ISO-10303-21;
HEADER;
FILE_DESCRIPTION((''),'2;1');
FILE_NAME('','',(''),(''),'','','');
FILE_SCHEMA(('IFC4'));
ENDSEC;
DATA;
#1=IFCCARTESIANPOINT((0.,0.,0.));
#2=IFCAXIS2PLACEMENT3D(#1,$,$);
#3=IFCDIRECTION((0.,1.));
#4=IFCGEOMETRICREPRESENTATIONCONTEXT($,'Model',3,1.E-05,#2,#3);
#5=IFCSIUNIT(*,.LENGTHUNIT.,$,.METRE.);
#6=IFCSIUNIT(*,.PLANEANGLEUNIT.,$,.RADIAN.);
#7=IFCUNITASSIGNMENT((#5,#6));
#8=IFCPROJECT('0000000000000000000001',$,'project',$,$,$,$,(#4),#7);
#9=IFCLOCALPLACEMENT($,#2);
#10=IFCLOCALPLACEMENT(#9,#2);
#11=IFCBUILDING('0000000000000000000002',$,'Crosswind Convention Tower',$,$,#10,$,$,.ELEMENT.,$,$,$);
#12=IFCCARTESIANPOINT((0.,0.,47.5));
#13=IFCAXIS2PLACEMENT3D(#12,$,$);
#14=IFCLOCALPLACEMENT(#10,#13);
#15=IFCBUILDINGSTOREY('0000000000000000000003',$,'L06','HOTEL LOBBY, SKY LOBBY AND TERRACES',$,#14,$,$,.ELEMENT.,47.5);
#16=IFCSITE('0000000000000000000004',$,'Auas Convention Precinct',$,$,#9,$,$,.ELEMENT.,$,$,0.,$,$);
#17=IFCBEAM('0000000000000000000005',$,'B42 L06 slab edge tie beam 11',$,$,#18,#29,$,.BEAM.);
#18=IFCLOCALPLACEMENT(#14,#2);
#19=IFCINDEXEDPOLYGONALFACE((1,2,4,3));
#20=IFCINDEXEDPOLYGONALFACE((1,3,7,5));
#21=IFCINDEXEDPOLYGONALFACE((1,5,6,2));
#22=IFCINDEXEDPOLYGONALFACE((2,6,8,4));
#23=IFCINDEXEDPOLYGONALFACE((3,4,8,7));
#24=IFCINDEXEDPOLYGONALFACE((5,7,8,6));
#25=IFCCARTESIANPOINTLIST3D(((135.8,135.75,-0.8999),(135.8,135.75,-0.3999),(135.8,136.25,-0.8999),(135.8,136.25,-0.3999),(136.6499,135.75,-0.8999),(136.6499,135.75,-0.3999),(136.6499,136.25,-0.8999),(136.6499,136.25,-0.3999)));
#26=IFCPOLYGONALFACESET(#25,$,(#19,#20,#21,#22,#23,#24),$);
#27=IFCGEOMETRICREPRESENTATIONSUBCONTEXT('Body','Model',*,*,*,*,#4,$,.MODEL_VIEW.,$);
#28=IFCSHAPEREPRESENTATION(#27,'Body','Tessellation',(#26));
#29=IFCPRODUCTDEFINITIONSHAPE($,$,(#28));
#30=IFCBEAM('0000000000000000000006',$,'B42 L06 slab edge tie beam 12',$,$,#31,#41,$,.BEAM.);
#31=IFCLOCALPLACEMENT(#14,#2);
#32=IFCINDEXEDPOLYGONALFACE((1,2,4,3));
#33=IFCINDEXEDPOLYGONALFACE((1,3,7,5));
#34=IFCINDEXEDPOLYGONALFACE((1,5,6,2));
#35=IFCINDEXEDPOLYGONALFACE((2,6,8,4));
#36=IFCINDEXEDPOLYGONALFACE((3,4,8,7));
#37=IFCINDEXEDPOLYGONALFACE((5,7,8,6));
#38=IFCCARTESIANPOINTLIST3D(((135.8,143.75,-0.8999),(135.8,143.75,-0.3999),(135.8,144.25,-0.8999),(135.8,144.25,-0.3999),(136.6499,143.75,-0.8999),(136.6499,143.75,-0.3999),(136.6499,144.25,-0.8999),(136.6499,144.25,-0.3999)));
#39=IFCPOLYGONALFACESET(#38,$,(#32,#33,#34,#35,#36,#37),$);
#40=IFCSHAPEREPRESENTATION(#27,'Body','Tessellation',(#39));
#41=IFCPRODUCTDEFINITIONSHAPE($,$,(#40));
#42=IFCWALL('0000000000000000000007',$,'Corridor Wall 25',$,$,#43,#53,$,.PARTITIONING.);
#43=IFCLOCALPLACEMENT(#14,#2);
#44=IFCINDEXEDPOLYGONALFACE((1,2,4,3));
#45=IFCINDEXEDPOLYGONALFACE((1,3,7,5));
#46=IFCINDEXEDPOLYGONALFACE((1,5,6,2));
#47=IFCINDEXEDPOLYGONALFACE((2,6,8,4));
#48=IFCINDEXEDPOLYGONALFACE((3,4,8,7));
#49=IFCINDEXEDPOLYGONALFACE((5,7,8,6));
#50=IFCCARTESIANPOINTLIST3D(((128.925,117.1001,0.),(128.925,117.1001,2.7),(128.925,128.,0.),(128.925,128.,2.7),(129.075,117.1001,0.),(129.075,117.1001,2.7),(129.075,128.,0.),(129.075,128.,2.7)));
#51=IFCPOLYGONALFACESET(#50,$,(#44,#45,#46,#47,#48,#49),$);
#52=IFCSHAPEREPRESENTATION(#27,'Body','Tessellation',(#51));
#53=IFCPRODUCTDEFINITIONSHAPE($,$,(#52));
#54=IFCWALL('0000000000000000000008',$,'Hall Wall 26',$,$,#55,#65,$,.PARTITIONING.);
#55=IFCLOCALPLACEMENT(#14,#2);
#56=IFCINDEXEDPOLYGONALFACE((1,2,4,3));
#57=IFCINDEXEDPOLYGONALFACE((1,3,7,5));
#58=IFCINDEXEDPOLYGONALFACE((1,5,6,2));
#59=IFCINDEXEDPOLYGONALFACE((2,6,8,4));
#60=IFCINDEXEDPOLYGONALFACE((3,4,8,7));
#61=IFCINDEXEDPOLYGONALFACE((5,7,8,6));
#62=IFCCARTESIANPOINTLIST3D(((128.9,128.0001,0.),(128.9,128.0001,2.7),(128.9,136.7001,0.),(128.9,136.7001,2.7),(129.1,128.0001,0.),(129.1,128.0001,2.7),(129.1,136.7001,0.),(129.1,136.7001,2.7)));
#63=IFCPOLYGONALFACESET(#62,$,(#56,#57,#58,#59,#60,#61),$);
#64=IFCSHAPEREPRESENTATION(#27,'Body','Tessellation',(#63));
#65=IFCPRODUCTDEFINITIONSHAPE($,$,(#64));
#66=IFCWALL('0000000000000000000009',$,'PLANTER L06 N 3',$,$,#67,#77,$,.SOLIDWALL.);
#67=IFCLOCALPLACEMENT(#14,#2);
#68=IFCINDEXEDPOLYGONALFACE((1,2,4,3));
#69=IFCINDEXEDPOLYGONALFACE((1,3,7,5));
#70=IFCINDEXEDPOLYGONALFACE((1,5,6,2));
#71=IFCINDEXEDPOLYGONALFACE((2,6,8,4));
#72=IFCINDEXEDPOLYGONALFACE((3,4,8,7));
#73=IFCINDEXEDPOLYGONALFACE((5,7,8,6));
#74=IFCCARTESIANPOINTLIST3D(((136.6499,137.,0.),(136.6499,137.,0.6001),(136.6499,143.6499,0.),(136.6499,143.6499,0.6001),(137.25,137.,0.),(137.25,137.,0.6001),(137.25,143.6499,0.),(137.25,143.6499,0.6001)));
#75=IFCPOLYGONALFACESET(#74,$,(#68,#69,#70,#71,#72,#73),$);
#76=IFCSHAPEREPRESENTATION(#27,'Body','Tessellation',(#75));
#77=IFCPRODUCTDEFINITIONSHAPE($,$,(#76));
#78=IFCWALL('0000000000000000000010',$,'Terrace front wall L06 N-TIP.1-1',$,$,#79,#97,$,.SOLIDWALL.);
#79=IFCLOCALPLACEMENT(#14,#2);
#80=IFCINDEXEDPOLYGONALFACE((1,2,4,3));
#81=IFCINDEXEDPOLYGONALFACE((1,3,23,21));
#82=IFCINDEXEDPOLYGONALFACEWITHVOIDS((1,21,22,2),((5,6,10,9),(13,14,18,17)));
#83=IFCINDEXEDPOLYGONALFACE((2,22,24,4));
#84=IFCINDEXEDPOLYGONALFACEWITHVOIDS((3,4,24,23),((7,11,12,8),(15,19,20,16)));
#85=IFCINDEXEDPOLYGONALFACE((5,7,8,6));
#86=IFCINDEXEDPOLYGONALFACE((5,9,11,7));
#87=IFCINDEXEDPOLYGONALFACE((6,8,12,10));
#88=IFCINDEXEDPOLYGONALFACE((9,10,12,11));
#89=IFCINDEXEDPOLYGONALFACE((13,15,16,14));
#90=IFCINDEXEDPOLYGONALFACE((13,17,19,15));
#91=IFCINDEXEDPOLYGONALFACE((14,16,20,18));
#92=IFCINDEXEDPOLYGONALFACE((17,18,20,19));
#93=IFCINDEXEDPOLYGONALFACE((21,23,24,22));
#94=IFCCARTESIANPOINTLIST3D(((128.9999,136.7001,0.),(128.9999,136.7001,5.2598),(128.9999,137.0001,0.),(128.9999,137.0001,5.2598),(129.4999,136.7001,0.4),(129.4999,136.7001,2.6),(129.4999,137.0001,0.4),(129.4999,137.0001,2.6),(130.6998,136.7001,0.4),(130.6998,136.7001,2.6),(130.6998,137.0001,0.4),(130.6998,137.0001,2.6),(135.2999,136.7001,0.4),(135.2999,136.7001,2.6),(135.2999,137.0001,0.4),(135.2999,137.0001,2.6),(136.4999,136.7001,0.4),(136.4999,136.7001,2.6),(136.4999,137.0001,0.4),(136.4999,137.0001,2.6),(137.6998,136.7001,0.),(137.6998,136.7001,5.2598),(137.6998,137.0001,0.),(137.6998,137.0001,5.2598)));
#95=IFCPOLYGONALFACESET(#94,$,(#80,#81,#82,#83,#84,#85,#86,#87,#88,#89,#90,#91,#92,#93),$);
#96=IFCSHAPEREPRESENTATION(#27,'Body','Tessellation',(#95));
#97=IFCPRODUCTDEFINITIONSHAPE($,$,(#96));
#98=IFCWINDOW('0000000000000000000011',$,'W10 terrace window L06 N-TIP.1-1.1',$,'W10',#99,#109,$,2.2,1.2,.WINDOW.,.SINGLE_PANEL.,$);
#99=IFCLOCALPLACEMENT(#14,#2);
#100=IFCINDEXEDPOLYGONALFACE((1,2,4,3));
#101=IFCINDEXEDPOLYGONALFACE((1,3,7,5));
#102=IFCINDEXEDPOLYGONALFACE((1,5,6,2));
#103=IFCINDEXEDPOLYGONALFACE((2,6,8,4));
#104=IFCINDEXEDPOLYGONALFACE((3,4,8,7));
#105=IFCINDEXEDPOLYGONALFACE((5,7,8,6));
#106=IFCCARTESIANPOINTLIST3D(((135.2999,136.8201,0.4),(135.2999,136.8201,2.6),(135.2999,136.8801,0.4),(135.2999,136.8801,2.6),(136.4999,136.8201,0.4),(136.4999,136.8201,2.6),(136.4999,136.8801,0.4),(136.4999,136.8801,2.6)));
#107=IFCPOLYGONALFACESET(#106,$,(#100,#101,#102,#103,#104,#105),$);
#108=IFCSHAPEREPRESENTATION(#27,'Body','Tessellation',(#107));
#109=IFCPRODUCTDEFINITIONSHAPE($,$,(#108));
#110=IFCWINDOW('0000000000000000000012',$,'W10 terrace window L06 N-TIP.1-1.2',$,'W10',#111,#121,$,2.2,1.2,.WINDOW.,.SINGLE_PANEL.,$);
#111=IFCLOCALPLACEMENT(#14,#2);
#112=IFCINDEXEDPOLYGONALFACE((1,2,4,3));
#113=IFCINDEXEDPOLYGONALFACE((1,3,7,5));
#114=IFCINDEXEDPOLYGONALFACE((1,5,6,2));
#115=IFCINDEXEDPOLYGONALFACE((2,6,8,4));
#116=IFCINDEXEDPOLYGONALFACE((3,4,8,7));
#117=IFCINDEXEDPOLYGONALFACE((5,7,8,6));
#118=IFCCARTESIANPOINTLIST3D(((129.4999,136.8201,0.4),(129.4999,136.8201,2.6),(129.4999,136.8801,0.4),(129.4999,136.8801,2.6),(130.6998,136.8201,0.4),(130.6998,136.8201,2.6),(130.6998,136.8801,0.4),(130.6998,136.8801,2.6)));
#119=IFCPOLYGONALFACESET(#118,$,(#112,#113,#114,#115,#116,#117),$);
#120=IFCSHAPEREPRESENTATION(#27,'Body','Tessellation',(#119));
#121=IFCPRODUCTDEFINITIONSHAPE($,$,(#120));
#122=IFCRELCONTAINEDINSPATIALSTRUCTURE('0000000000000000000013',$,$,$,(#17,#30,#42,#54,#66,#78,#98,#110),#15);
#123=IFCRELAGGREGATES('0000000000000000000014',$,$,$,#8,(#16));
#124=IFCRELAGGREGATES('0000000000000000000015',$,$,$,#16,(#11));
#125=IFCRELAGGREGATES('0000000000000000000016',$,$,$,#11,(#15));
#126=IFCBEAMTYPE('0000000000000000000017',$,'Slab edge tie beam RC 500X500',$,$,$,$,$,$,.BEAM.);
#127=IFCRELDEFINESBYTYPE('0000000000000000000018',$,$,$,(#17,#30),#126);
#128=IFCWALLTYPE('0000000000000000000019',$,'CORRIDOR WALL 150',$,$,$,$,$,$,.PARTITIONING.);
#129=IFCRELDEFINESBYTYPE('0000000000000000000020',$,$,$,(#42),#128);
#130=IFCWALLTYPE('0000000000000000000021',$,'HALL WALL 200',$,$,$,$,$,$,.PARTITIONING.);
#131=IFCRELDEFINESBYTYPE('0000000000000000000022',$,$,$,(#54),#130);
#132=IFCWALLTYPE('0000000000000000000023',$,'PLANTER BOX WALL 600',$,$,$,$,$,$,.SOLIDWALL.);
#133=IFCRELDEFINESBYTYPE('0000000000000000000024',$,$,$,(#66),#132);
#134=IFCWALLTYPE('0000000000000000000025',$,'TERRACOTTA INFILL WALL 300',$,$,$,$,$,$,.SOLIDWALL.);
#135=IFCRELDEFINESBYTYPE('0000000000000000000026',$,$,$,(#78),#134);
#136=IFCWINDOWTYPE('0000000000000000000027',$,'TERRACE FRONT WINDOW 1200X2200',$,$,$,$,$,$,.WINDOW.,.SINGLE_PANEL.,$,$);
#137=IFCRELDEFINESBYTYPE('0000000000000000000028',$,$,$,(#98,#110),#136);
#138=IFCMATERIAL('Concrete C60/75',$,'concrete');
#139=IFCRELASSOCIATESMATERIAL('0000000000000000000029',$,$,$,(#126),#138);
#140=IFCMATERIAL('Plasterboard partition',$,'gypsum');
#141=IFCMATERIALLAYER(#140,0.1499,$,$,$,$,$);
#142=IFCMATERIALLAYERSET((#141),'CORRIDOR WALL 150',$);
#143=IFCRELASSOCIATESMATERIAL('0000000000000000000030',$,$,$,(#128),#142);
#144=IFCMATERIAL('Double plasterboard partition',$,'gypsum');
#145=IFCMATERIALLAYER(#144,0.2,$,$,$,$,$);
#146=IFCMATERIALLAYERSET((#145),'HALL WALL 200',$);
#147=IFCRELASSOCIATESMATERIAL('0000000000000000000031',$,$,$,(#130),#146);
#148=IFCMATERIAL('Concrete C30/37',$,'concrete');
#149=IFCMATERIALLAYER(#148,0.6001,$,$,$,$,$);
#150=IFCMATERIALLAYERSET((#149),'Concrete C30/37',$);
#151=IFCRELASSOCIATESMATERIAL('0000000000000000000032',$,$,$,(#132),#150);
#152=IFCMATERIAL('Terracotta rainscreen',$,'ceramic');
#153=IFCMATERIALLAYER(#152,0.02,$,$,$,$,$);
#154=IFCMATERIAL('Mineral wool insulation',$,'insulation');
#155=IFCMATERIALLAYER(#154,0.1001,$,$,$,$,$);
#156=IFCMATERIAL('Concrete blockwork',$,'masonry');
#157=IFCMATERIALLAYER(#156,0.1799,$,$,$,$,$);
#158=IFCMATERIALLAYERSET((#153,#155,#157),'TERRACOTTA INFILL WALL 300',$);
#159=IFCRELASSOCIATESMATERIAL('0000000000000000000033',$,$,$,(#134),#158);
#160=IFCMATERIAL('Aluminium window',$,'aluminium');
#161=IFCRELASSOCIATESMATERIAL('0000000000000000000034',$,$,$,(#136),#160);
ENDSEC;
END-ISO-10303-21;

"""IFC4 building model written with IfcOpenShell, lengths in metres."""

from ifc_helpers import new_model, si_unit, direction, frame, frame_2d, origin, origin_2d, place, context, subcontext, project, spatial, rectangle, extrude, material, layer, layer_set, material_profile, profile_set, type_object, element, fill, save


model = new_model("IFC4")

# Units and contexts
model_context = context("Model", 3, precision=1e-05, world=origin(), true_north=direction((0.0, 1.0)))
body_context = subcontext(model_context, "Body", "Model", "MODEL_VIEW")
ifc_project = project(units=[si_unit("LENGTHUNIT", "METRE"), si_unit("PLANEANGLEUNIT", "RADIAN")], contexts=[model_context])

# Site, building, storey
site_placement = place(None, origin())
site = spatial("IfcSite", under=ifc_project, at=site_placement, Name="Auas Convention Precinct", CompositionType="ELEMENT", RefElevation=0.0)
building_placement = place(site_placement, origin())
building = spatial("IfcBuilding", under=site, at=building_placement, Name="Crosswind Convention Tower", CompositionType="ELEMENT")
storey_placement = place(building_placement, frame((0.0, 0.0, 47.5)))
storey = spatial("IfcBuildingStorey", under=building, at=storey_placement, Name="L06", Description="HOTEL LOBBY, SKY LOBBY AND TERRACES", CompositionType="ELEMENT", Elevation=47.5)

# Shared definitions
ifc_material_1 = material(Name="Concrete C60/75", Category="concrete")

# Beams
ifc_material_profile_1 = material_profile(ifc_material_1, rectangle(XDim=0.5, YDim=0.5, at=origin_2d()), Name="RC 500X500")
ifc_profile_set_1 = profile_set([ifc_material_profile_1], Name="Concrete C60/75")
beam_type_1 = type_object("IfcBeamType", Name="Slab edge tie beam RC 500X500", PredefinedType="BEAM", material=ifc_profile_set_1)
for number, where, z_axis, x_axis, name in (
    (1, (135.8, 136.0, -0.6499), (1.0, 0.0, 0.0), (0.0, 1.0, 0.0), "B42 L06 slab edge tie beam 11"),
    (2, (135.8, 144.0, -0.6499), (1.0, 0.0, 0.0), (0.0, 1.0, 0.0), "B42 L06 slab edge tie beam 12"),
):
    element("IfcBeam", number, at=place(storey_placement, frame(where, z_axis=z_axis, x_axis=x_axis)), inside=storey, type_object=beam_type_1, Name=name, PredefinedType="BEAM", context=body_context, shape_type="SweptSolid", body=[
        extrude(rectangle(XDim=0.5, YDim=0.5, at=origin_2d()), origin(), (0.0, 0.0, 1.0), 0.8499),
    ])

# Wall
ifc_material_2 = material(Name="Plasterboard partition", Category="gypsum")
ifc_layer_1 = layer(ifc_material_2, 0.1499)
ifc_layer_set_1 = layer_set([ifc_layer_1], Name="CORRIDOR WALL 150")
wall_type_1 = type_object("IfcWallType", Name="CORRIDOR WALL 150", PredefinedType="PARTITIONING", material=ifc_layer_set_1)
wall_1_placement = place(storey_placement, frame((129.0, 117.1001, 0.0), z_axis=(0.0, 0.0, 1.0), x_axis=(0.0, 1.0, 0.0)))
element("IfcWall", 3, at=wall_1_placement, inside=storey, type_object=wall_type_1, Name="Corridor Wall 25", PredefinedType="PARTITIONING", context=body_context, shape_type="SweptSolid", body=[
    extrude(rectangle(XDim=10.8999, YDim=0.1499, at=frame_2d((5.45, 0.0))), origin(), (0.0, 0.0, 1.0), 2.7),
])

# Shared definitions
ifc_material_3 = material(Name="Double plasterboard partition", Category="gypsum")
ifc_layer_2 = layer(ifc_material_3, 0.2)
ifc_layer_set_2 = layer_set([ifc_layer_2], Name="HALL WALL 200")
wall_type_2 = type_object("IfcWallType", Name="HALL WALL 200", PredefinedType="PARTITIONING", material=ifc_layer_set_2)

# Walls
wall_2_placement = place(storey_placement, frame((129.0, 128.0, 0.0), z_axis=(0.0, 0.0, 1.0), x_axis=(0.0, 1.0, 0.0)))
element("IfcWall", 4, at=wall_2_placement, inside=storey, type_object=wall_type_2, Name="Hall Wall 26", PredefinedType="PARTITIONING", context=body_context, shape_type="SweptSolid", body=[
    extrude(rectangle(XDim=8.7, YDim=0.2, at=frame_2d((4.3501, 0.0))), origin(), (0.0, 0.0, 1.0), 2.7),
])
ifc_material_4 = material(Name="Concrete C30/37", Category="concrete")
ifc_layer_3 = layer(ifc_material_4, 0.6001)
ifc_layer_set_3 = layer_set([ifc_layer_3], Name="Concrete C30/37")
wall_type_3 = type_object("IfcWallType", Name="PLANTER BOX WALL 600", PredefinedType="SOLIDWALL", material=ifc_layer_set_3)
wall_3_placement = place(storey_placement, frame((136.95, 143.6499, 0.0), z_axis=(0.0, 0.0, 1.0), x_axis=(0.0, -1.0, 0.0)))
element("IfcWall", 5, at=wall_3_placement, inside=storey, type_object=wall_type_3, Name="PLANTER L06 N 3", PredefinedType="SOLIDWALL", context=body_context, shape_type="SweptSolid", body=[
    extrude(rectangle(XDim=6.6499, YDim=0.6001, at=frame_2d((3.325, 0.0))), origin(), (0.0, 0.0, 1.0), 0.6001),
])

# Wall, openings, windows
ifc_material_5 = material(Name="Terracotta rainscreen", Category="ceramic")
ifc_layer_4 = layer(ifc_material_5, 0.02)
ifc_material_6 = material(Name="Mineral wool insulation", Category="insulation")
ifc_layer_5 = layer(ifc_material_6, 0.1001)
ifc_material_7 = material(Name="Concrete blockwork", Category="masonry")
ifc_layer_6 = layer(ifc_material_7, 0.1799)
ifc_layer_set_4 = layer_set([ifc_layer_4, ifc_layer_5, ifc_layer_6], Name="TERRACOTTA INFILL WALL 300")
wall_type_4 = type_object("IfcWallType", Name="TERRACOTTA INFILL WALL 300", PredefinedType="SOLIDWALL", material=ifc_layer_set_4)
wall_4_placement = place(storey_placement, frame((137.7, 136.8501, 0.0), z_axis=(0.0, 0.0, 1.0), x_axis=(-1.0, 0.0, 0.0)))
wall_4 = element("IfcWall", 6, at=wall_4_placement, inside=storey, type_object=wall_type_4, Name="Terrace front wall L06 N-TIP.1-1", PredefinedType="SOLIDWALL", context=body_context, shape_type="SweptSolid", body=[
    extrude(rectangle(XDim=8.7, YDim=0.3, at=frame_2d((4.3501, 0.0))), origin(), (0.0, 0.0, 1.0), 5.2598),
])
opening_1_placement = place(wall_4_placement, frame((1.2, 0.0, 0.3999)))
opening_1 = element("IfcOpeningElement", 7, at=opening_1_placement, cuts=wall_4, PredefinedType="OPENING", context=body_context, shape_type="SweptSolid", body=[
    extrude(rectangle(XDim=1.2, YDim=2.2, at=frame_2d((0.6001, 1.1001))), frame((0.0, 0.1599, 0.0), z_axis=(0.0, -1.0, 0.0), x_axis=(1.0, 0.0, 0.0)), (0.0, 0.0, 1.0), 0.3201),
])
opening_2_placement = place(wall_4_placement, frame((7.0, 0.0, 0.3999)))
opening_2 = element("IfcOpeningElement", 8, at=opening_2_placement, cuts=wall_4, PredefinedType="OPENING", context=body_context, shape_type="SweptSolid", body=[
    extrude(rectangle(XDim=1.2, YDim=2.2, at=frame_2d((0.6001, 1.1001))), frame((0.0, 0.1599, 0.0), z_axis=(0.0, -1.0, 0.0), x_axis=(1.0, 0.0, 0.0)), (0.0, 0.0, 1.0), 0.3201),
])
ifc_material_8 = material(Name="Aluminium window", Category="aluminium")
window_type = type_object("IfcWindowType", Name="TERRACE FRONT WINDOW 1200X2200", PartitioningType="SINGLE_PANEL", PredefinedType="WINDOW", material=ifc_material_8)
window_1_placement = place(opening_1_placement, origin())
window_1 = element("IfcWindow", 9, at=window_1_placement, inside=storey, type_object=window_type, Name="W10 terrace window L06 N-TIP.1-1.1", ObjectType="W10", OverallHeight=2.2, OverallWidth=1.2, PartitioningType="SINGLE_PANEL", PredefinedType="WINDOW", context=body_context, shape_type="SweptSolid", body=[
    extrude(rectangle(XDim=1.2, YDim=2.2, at=frame_2d((0.6001, 1.1001))), frame((0.0, 0.03, 0.0), z_axis=(0.0, -1.0, 0.0), x_axis=(1.0, 0.0, 0.0)), (0.0, 0.0, 1.0), 0.0601),
])
fill(opening_1, window_1)
window_2_placement = place(opening_2_placement, origin())
window_2 = element("IfcWindow", 10, at=window_2_placement, inside=storey, type_object=window_type, Name="W10 terrace window L06 N-TIP.1-1.2", ObjectType="W10", OverallHeight=2.2, OverallWidth=1.2, PartitioningType="SINGLE_PANEL", PredefinedType="WINDOW", context=body_context, shape_type="SweptSolid", body=[
    extrude(rectangle(XDim=1.2, YDim=2.2, at=frame_2d((0.6001, 1.1001))), frame((0.0, 0.03, 0.0), z_axis=(0.0, -1.0, 0.0), x_axis=(1.0, 0.0, 0.0)), (0.0, 0.0, 1.0), 0.0601),
])
fill(opening_2, window_2)

save(model, "model.ifc")
